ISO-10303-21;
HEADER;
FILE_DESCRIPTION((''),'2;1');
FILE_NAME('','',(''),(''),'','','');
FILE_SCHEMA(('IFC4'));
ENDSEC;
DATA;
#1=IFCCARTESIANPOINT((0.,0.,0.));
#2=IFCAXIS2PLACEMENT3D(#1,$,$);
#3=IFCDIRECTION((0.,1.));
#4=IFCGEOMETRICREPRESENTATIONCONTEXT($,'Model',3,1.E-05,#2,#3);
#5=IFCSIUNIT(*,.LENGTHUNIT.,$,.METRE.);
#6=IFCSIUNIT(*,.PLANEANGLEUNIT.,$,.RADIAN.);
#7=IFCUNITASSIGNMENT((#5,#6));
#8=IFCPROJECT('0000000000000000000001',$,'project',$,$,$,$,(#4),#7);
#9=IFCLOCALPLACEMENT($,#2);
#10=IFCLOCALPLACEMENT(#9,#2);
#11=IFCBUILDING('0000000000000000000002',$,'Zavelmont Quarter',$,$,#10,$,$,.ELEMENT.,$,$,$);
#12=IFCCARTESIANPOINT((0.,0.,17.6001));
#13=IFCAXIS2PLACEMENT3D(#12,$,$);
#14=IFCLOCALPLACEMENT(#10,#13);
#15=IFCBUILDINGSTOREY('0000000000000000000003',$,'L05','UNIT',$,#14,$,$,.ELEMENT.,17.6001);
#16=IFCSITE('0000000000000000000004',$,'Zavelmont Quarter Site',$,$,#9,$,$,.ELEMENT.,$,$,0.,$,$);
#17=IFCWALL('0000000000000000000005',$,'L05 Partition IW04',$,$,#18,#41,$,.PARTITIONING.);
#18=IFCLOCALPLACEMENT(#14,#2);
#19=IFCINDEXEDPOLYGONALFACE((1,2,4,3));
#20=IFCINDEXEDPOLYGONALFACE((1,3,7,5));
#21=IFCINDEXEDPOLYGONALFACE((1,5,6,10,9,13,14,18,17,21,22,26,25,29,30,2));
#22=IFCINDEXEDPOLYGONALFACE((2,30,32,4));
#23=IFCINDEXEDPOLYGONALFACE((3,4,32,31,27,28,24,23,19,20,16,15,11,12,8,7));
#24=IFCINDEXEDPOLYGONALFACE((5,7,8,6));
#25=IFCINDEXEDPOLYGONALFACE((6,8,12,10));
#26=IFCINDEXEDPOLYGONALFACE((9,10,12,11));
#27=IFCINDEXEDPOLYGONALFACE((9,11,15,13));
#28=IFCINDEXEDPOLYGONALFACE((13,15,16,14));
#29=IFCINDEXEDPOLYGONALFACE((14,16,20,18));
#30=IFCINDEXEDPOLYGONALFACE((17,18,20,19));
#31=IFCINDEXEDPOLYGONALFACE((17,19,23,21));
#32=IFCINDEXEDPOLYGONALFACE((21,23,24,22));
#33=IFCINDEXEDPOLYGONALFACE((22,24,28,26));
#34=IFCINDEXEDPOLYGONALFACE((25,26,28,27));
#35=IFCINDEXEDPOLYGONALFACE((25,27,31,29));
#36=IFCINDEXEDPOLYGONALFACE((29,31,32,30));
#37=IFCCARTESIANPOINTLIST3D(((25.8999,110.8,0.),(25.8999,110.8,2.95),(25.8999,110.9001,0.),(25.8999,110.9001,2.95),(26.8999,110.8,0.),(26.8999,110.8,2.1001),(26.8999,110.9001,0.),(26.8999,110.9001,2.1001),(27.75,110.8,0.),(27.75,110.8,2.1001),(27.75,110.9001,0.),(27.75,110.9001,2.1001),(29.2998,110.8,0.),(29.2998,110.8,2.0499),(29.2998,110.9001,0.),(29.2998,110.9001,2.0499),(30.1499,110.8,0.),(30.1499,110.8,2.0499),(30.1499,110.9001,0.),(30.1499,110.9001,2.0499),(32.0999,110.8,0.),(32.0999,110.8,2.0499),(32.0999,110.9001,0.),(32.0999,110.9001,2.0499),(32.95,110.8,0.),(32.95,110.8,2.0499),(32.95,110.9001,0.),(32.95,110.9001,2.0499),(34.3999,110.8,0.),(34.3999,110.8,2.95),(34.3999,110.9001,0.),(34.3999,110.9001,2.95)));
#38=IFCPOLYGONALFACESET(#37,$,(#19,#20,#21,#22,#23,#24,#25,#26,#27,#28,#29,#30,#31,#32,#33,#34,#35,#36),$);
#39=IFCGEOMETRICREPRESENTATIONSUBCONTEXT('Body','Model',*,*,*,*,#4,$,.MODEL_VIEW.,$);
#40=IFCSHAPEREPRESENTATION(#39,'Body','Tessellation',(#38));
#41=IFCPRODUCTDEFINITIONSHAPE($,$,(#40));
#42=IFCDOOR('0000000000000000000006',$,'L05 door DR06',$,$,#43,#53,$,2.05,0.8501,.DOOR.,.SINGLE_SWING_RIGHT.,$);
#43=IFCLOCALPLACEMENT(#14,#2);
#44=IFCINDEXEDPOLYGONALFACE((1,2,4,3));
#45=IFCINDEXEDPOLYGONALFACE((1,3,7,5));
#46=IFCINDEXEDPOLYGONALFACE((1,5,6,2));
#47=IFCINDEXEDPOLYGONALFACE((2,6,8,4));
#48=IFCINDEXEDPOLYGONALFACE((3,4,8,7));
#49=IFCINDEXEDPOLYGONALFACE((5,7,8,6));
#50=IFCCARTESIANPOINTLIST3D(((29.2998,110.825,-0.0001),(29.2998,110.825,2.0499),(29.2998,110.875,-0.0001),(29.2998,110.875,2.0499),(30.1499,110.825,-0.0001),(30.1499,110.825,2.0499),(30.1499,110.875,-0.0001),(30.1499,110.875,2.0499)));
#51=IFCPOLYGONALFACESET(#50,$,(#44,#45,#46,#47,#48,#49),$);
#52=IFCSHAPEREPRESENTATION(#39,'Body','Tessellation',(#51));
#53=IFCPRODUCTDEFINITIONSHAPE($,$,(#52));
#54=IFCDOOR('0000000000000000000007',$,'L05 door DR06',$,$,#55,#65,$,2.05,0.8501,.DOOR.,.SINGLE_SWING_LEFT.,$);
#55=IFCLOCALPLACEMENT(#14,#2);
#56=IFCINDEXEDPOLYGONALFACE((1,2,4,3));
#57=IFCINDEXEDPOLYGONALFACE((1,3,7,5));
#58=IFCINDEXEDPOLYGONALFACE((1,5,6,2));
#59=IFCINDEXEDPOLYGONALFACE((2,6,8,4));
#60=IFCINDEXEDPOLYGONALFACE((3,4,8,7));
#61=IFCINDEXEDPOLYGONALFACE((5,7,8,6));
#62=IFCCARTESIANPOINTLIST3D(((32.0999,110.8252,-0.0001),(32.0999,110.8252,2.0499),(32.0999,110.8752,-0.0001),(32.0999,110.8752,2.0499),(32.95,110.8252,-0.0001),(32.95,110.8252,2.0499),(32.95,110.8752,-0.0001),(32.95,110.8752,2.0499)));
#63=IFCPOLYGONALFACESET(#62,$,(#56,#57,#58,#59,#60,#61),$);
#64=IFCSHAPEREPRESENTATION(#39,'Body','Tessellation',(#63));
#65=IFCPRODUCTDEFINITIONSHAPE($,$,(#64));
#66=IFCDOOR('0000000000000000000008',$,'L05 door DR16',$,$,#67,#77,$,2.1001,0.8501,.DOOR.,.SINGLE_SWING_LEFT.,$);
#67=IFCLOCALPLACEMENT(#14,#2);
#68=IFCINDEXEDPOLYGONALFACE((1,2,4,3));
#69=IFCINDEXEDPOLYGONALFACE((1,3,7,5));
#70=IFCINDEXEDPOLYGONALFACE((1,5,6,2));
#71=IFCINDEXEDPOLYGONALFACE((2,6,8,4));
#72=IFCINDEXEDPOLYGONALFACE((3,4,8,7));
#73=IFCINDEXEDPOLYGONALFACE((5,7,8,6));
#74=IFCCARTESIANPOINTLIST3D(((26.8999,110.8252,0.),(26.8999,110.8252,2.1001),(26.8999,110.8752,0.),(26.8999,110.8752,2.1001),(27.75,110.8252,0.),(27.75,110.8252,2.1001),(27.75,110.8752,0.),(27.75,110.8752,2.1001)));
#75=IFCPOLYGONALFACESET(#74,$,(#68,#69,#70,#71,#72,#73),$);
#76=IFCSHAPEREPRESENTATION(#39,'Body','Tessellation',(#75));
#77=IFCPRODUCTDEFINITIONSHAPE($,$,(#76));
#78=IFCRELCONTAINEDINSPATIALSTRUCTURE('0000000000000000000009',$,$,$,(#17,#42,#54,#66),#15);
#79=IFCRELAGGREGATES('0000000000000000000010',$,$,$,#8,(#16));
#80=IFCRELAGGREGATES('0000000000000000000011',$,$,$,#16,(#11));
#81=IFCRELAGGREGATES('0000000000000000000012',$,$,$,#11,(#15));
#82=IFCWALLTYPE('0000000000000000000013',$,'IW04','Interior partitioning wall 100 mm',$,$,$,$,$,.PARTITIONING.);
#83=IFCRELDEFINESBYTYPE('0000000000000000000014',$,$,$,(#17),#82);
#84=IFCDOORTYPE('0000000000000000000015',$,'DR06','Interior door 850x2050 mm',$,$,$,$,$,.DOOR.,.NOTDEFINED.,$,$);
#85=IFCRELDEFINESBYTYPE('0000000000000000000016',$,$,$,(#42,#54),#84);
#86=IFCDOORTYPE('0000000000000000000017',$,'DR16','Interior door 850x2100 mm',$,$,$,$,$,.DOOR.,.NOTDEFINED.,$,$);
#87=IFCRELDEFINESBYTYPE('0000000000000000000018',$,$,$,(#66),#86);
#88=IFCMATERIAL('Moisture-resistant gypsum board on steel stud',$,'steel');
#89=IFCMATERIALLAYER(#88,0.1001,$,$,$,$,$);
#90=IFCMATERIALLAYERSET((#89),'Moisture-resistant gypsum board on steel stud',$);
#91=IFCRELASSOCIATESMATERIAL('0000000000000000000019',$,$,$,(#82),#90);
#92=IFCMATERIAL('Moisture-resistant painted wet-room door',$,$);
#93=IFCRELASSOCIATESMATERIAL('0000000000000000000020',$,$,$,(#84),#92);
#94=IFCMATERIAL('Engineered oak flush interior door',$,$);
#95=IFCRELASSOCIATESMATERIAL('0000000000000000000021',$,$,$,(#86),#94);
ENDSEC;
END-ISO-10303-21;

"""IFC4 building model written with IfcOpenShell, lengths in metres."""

from ifc_helpers import new_model, si_unit, direction, frame, frame_2d, origin, origin_with_axes, place, context, subcontext, project, spatial, rectangle, extrude, material, layer, layer_set, type_object, element, fill, save


model = new_model("IFC4")

# Units and contexts
model_context = context("Model", 3, precision=1e-05, world=origin(), true_north=direction((0.0, 1.0)))
body_context = subcontext(model_context, "Body", "Model", "MODEL_VIEW")
ifc_project = project(units=[si_unit("LENGTHUNIT", "METRE"), si_unit("PLANEANGLEUNIT", "RADIAN")], contexts=[model_context])

# Site, building, storey
site_placement = place(None, origin())
site = spatial("IfcSite", under=ifc_project, at=site_placement, Name="Zavelmont Quarter Site", CompositionType="ELEMENT", RefElevation=0.0)
building_placement = place(site_placement, origin())
building = spatial("IfcBuilding", under=site, at=building_placement, Name="Zavelmont Quarter", CompositionType="ELEMENT")
storey_placement = place(building_placement, frame((0.0, 0.0, 17.6001)))
storey = spatial("IfcBuildingStorey", under=building, at=storey_placement, Name="L05", Description="UNIT", CompositionType="ELEMENT", Elevation=17.6001)

# Shared definitions
ifc_material_1 = material(Name="Engineered oak flush interior door")

# Shared definitions
ifc_material_2 = material(Name="Moisture-resistant gypsum board on steel stud", Category="steel")
ifc_layer_1 = layer(ifc_material_2, 0.1001)
ifc_layer_set_1 = layer_set([ifc_layer_1], Name="Moisture-resistant gypsum board on steel stud")
wall_type_1 = type_object("IfcWallType", Name="IW04", Description="Interior partitioning wall 100 mm", PredefinedType="PARTITIONING", material=ifc_layer_set_1)

# Wall, openings, doors
wall_1_placement = place(storey_placement, frame((25.8999, 110.8501, 0.0), z_axis=(0.0, 0.0, 1.0), x_axis=(1.0, 0.0, 0.0)))
wall_1 = element("IfcWall", 1, at=wall_1_placement, inside=storey, type_object=wall_type_1, Name="L05 Partition IW04", PredefinedType="PARTITIONING", context=body_context, shape_type="SweptSolid", body=[
    extrude(rectangle(XDim=8.5, YDim=0.1001, at=frame_2d((4.25, 0.0))), origin(), (0.0, 0.0, 1.0), 2.95),
])
opening_1_placement = place(wall_1_placement, frame((1.0, 0.0, 0.0)))
opening_1 = element("IfcOpeningElement", 2, at=opening_1_placement, cuts=wall_1, PredefinedType="OPENING", context=body_context, shape_type="SweptSolid", body=[
    extrude(rectangle(XDim=0.8501, YDim=2.1001, at=frame_2d((0.425, 1.05))), frame((0.0, 0.062, 0.0), z_axis=(0.0, -1.0, 0.0), x_axis=(1.0, 0.0, 0.0)), (0.0, 0.0, 1.0), 0.124),
])
opening_2_placement = place(wall_1_placement, frame((3.3999, 0.0, 0.0)))
opening_2 = element("IfcOpeningElement", 3, at=opening_2_placement, cuts=wall_1, PredefinedType="OPENING", context=body_context, shape_type="SweptSolid", body=[
    extrude(rectangle(XDim=0.8501, YDim=2.05, at=frame_2d((0.425, 1.0249))), frame((0.0, 0.062, 0.0), z_axis=(0.0, -1.0, 0.0), x_axis=(1.0, 0.0, 0.0)), (0.0, 0.0, 1.0), 0.124),
])
opening_3_placement = place(wall_1_placement, frame((6.2, 0.0, 0.0)))
opening_3 = element("IfcOpeningElement", 4, at=opening_3_placement, cuts=wall_1, PredefinedType="OPENING", context=body_context, shape_type="SweptSolid", body=[
    extrude(rectangle(XDim=0.8501, YDim=2.05, at=frame_2d((0.425, 1.0249))), frame((0.0, 0.062, 0.0), z_axis=(0.0, -1.0, 0.0), x_axis=(1.0, 0.0, 0.0)), (0.0, 0.0, 1.0), 0.124),
])
ifc_material_3 = material(Name="Moisture-resistant painted wet-room door")
door_type_1 = type_object("IfcDoorType", Name="DR06", Description="Interior door 850x2050 mm", OperationType="NOTDEFINED", PredefinedType="DOOR", material=ifc_material_3)
door_1_placement = place(opening_2_placement, origin_with_axes())
door_1 = element("IfcDoor", 5, at=door_1_placement, inside=storey, type_object=door_type_1, Name="L05 door DR06", OperationType="SINGLE_SWING_RIGHT", OverallHeight=2.05, OverallWidth=0.8501, PredefinedType="DOOR", context=body_context, shape_type="SweptSolid", body=[
    extrude(rectangle(XDim=0.8501, YDim=2.05, at=frame_2d((0.425, 1.0249))), frame((0.0, 0.0249, 0.0), z_axis=(0.0, -1.0, 0.0), x_axis=(1.0, 0.0, 0.0)), (0.0, 0.0, 1.0), 0.05),
])
fill(opening_2, door_1)
door_2_placement = place(opening_3_placement, frame((0.8501, 0.0, 0.0), z_axis=(0.0, 0.0, 1.0), x_axis=(-1.0, 0.0, 0.0)))
door_2 = element("IfcDoor", 6, at=door_2_placement, inside=storey, type_object=door_type_1, Name="L05 door DR06", OperationType="SINGLE_SWING_LEFT", OverallHeight=2.05, OverallWidth=0.8501, PredefinedType="DOOR", context=body_context, shape_type="SweptSolid", body=[
    extrude(rectangle(XDim=0.8501, YDim=2.05, at=frame_2d((0.425, 1.0249))), frame((0.0, 0.0249, 0.0), z_axis=(0.0, -1.0, 0.0), x_axis=(1.0, 0.0, 0.0)), (0.0, 0.0, 1.0), 0.05),
])
fill(opening_3, door_2)
door_type_2 = type_object("IfcDoorType", Name="DR16", Description="Interior door 850x2100 mm", OperationType="NOTDEFINED", PredefinedType="DOOR", material=ifc_material_1)
door_3_placement = place(opening_1_placement, frame((0.8501, 0.0, 0.0), z_axis=(0.0, 0.0, 1.0), x_axis=(-1.0, 0.0, 0.0)))
door_3 = element("IfcDoor", 7, at=door_3_placement, inside=storey, type_object=door_type_2, Name="L05 door DR16", OperationType="SINGLE_SWING_LEFT", OverallHeight=2.1001, OverallWidth=0.8501, PredefinedType="DOOR", context=body_context, shape_type="SweptSolid", body=[
    extrude(rectangle(XDim=0.8501, YDim=2.1001, at=frame_2d((0.425, 1.05))), frame((0.0, 0.0249, 0.0), z_axis=(0.0, -1.0, 0.0), x_axis=(1.0, 0.0, 0.0)), (0.0, 0.0, 1.0), 0.05),
])
fill(opening_1, door_3)

save(model, "model.ifc")
